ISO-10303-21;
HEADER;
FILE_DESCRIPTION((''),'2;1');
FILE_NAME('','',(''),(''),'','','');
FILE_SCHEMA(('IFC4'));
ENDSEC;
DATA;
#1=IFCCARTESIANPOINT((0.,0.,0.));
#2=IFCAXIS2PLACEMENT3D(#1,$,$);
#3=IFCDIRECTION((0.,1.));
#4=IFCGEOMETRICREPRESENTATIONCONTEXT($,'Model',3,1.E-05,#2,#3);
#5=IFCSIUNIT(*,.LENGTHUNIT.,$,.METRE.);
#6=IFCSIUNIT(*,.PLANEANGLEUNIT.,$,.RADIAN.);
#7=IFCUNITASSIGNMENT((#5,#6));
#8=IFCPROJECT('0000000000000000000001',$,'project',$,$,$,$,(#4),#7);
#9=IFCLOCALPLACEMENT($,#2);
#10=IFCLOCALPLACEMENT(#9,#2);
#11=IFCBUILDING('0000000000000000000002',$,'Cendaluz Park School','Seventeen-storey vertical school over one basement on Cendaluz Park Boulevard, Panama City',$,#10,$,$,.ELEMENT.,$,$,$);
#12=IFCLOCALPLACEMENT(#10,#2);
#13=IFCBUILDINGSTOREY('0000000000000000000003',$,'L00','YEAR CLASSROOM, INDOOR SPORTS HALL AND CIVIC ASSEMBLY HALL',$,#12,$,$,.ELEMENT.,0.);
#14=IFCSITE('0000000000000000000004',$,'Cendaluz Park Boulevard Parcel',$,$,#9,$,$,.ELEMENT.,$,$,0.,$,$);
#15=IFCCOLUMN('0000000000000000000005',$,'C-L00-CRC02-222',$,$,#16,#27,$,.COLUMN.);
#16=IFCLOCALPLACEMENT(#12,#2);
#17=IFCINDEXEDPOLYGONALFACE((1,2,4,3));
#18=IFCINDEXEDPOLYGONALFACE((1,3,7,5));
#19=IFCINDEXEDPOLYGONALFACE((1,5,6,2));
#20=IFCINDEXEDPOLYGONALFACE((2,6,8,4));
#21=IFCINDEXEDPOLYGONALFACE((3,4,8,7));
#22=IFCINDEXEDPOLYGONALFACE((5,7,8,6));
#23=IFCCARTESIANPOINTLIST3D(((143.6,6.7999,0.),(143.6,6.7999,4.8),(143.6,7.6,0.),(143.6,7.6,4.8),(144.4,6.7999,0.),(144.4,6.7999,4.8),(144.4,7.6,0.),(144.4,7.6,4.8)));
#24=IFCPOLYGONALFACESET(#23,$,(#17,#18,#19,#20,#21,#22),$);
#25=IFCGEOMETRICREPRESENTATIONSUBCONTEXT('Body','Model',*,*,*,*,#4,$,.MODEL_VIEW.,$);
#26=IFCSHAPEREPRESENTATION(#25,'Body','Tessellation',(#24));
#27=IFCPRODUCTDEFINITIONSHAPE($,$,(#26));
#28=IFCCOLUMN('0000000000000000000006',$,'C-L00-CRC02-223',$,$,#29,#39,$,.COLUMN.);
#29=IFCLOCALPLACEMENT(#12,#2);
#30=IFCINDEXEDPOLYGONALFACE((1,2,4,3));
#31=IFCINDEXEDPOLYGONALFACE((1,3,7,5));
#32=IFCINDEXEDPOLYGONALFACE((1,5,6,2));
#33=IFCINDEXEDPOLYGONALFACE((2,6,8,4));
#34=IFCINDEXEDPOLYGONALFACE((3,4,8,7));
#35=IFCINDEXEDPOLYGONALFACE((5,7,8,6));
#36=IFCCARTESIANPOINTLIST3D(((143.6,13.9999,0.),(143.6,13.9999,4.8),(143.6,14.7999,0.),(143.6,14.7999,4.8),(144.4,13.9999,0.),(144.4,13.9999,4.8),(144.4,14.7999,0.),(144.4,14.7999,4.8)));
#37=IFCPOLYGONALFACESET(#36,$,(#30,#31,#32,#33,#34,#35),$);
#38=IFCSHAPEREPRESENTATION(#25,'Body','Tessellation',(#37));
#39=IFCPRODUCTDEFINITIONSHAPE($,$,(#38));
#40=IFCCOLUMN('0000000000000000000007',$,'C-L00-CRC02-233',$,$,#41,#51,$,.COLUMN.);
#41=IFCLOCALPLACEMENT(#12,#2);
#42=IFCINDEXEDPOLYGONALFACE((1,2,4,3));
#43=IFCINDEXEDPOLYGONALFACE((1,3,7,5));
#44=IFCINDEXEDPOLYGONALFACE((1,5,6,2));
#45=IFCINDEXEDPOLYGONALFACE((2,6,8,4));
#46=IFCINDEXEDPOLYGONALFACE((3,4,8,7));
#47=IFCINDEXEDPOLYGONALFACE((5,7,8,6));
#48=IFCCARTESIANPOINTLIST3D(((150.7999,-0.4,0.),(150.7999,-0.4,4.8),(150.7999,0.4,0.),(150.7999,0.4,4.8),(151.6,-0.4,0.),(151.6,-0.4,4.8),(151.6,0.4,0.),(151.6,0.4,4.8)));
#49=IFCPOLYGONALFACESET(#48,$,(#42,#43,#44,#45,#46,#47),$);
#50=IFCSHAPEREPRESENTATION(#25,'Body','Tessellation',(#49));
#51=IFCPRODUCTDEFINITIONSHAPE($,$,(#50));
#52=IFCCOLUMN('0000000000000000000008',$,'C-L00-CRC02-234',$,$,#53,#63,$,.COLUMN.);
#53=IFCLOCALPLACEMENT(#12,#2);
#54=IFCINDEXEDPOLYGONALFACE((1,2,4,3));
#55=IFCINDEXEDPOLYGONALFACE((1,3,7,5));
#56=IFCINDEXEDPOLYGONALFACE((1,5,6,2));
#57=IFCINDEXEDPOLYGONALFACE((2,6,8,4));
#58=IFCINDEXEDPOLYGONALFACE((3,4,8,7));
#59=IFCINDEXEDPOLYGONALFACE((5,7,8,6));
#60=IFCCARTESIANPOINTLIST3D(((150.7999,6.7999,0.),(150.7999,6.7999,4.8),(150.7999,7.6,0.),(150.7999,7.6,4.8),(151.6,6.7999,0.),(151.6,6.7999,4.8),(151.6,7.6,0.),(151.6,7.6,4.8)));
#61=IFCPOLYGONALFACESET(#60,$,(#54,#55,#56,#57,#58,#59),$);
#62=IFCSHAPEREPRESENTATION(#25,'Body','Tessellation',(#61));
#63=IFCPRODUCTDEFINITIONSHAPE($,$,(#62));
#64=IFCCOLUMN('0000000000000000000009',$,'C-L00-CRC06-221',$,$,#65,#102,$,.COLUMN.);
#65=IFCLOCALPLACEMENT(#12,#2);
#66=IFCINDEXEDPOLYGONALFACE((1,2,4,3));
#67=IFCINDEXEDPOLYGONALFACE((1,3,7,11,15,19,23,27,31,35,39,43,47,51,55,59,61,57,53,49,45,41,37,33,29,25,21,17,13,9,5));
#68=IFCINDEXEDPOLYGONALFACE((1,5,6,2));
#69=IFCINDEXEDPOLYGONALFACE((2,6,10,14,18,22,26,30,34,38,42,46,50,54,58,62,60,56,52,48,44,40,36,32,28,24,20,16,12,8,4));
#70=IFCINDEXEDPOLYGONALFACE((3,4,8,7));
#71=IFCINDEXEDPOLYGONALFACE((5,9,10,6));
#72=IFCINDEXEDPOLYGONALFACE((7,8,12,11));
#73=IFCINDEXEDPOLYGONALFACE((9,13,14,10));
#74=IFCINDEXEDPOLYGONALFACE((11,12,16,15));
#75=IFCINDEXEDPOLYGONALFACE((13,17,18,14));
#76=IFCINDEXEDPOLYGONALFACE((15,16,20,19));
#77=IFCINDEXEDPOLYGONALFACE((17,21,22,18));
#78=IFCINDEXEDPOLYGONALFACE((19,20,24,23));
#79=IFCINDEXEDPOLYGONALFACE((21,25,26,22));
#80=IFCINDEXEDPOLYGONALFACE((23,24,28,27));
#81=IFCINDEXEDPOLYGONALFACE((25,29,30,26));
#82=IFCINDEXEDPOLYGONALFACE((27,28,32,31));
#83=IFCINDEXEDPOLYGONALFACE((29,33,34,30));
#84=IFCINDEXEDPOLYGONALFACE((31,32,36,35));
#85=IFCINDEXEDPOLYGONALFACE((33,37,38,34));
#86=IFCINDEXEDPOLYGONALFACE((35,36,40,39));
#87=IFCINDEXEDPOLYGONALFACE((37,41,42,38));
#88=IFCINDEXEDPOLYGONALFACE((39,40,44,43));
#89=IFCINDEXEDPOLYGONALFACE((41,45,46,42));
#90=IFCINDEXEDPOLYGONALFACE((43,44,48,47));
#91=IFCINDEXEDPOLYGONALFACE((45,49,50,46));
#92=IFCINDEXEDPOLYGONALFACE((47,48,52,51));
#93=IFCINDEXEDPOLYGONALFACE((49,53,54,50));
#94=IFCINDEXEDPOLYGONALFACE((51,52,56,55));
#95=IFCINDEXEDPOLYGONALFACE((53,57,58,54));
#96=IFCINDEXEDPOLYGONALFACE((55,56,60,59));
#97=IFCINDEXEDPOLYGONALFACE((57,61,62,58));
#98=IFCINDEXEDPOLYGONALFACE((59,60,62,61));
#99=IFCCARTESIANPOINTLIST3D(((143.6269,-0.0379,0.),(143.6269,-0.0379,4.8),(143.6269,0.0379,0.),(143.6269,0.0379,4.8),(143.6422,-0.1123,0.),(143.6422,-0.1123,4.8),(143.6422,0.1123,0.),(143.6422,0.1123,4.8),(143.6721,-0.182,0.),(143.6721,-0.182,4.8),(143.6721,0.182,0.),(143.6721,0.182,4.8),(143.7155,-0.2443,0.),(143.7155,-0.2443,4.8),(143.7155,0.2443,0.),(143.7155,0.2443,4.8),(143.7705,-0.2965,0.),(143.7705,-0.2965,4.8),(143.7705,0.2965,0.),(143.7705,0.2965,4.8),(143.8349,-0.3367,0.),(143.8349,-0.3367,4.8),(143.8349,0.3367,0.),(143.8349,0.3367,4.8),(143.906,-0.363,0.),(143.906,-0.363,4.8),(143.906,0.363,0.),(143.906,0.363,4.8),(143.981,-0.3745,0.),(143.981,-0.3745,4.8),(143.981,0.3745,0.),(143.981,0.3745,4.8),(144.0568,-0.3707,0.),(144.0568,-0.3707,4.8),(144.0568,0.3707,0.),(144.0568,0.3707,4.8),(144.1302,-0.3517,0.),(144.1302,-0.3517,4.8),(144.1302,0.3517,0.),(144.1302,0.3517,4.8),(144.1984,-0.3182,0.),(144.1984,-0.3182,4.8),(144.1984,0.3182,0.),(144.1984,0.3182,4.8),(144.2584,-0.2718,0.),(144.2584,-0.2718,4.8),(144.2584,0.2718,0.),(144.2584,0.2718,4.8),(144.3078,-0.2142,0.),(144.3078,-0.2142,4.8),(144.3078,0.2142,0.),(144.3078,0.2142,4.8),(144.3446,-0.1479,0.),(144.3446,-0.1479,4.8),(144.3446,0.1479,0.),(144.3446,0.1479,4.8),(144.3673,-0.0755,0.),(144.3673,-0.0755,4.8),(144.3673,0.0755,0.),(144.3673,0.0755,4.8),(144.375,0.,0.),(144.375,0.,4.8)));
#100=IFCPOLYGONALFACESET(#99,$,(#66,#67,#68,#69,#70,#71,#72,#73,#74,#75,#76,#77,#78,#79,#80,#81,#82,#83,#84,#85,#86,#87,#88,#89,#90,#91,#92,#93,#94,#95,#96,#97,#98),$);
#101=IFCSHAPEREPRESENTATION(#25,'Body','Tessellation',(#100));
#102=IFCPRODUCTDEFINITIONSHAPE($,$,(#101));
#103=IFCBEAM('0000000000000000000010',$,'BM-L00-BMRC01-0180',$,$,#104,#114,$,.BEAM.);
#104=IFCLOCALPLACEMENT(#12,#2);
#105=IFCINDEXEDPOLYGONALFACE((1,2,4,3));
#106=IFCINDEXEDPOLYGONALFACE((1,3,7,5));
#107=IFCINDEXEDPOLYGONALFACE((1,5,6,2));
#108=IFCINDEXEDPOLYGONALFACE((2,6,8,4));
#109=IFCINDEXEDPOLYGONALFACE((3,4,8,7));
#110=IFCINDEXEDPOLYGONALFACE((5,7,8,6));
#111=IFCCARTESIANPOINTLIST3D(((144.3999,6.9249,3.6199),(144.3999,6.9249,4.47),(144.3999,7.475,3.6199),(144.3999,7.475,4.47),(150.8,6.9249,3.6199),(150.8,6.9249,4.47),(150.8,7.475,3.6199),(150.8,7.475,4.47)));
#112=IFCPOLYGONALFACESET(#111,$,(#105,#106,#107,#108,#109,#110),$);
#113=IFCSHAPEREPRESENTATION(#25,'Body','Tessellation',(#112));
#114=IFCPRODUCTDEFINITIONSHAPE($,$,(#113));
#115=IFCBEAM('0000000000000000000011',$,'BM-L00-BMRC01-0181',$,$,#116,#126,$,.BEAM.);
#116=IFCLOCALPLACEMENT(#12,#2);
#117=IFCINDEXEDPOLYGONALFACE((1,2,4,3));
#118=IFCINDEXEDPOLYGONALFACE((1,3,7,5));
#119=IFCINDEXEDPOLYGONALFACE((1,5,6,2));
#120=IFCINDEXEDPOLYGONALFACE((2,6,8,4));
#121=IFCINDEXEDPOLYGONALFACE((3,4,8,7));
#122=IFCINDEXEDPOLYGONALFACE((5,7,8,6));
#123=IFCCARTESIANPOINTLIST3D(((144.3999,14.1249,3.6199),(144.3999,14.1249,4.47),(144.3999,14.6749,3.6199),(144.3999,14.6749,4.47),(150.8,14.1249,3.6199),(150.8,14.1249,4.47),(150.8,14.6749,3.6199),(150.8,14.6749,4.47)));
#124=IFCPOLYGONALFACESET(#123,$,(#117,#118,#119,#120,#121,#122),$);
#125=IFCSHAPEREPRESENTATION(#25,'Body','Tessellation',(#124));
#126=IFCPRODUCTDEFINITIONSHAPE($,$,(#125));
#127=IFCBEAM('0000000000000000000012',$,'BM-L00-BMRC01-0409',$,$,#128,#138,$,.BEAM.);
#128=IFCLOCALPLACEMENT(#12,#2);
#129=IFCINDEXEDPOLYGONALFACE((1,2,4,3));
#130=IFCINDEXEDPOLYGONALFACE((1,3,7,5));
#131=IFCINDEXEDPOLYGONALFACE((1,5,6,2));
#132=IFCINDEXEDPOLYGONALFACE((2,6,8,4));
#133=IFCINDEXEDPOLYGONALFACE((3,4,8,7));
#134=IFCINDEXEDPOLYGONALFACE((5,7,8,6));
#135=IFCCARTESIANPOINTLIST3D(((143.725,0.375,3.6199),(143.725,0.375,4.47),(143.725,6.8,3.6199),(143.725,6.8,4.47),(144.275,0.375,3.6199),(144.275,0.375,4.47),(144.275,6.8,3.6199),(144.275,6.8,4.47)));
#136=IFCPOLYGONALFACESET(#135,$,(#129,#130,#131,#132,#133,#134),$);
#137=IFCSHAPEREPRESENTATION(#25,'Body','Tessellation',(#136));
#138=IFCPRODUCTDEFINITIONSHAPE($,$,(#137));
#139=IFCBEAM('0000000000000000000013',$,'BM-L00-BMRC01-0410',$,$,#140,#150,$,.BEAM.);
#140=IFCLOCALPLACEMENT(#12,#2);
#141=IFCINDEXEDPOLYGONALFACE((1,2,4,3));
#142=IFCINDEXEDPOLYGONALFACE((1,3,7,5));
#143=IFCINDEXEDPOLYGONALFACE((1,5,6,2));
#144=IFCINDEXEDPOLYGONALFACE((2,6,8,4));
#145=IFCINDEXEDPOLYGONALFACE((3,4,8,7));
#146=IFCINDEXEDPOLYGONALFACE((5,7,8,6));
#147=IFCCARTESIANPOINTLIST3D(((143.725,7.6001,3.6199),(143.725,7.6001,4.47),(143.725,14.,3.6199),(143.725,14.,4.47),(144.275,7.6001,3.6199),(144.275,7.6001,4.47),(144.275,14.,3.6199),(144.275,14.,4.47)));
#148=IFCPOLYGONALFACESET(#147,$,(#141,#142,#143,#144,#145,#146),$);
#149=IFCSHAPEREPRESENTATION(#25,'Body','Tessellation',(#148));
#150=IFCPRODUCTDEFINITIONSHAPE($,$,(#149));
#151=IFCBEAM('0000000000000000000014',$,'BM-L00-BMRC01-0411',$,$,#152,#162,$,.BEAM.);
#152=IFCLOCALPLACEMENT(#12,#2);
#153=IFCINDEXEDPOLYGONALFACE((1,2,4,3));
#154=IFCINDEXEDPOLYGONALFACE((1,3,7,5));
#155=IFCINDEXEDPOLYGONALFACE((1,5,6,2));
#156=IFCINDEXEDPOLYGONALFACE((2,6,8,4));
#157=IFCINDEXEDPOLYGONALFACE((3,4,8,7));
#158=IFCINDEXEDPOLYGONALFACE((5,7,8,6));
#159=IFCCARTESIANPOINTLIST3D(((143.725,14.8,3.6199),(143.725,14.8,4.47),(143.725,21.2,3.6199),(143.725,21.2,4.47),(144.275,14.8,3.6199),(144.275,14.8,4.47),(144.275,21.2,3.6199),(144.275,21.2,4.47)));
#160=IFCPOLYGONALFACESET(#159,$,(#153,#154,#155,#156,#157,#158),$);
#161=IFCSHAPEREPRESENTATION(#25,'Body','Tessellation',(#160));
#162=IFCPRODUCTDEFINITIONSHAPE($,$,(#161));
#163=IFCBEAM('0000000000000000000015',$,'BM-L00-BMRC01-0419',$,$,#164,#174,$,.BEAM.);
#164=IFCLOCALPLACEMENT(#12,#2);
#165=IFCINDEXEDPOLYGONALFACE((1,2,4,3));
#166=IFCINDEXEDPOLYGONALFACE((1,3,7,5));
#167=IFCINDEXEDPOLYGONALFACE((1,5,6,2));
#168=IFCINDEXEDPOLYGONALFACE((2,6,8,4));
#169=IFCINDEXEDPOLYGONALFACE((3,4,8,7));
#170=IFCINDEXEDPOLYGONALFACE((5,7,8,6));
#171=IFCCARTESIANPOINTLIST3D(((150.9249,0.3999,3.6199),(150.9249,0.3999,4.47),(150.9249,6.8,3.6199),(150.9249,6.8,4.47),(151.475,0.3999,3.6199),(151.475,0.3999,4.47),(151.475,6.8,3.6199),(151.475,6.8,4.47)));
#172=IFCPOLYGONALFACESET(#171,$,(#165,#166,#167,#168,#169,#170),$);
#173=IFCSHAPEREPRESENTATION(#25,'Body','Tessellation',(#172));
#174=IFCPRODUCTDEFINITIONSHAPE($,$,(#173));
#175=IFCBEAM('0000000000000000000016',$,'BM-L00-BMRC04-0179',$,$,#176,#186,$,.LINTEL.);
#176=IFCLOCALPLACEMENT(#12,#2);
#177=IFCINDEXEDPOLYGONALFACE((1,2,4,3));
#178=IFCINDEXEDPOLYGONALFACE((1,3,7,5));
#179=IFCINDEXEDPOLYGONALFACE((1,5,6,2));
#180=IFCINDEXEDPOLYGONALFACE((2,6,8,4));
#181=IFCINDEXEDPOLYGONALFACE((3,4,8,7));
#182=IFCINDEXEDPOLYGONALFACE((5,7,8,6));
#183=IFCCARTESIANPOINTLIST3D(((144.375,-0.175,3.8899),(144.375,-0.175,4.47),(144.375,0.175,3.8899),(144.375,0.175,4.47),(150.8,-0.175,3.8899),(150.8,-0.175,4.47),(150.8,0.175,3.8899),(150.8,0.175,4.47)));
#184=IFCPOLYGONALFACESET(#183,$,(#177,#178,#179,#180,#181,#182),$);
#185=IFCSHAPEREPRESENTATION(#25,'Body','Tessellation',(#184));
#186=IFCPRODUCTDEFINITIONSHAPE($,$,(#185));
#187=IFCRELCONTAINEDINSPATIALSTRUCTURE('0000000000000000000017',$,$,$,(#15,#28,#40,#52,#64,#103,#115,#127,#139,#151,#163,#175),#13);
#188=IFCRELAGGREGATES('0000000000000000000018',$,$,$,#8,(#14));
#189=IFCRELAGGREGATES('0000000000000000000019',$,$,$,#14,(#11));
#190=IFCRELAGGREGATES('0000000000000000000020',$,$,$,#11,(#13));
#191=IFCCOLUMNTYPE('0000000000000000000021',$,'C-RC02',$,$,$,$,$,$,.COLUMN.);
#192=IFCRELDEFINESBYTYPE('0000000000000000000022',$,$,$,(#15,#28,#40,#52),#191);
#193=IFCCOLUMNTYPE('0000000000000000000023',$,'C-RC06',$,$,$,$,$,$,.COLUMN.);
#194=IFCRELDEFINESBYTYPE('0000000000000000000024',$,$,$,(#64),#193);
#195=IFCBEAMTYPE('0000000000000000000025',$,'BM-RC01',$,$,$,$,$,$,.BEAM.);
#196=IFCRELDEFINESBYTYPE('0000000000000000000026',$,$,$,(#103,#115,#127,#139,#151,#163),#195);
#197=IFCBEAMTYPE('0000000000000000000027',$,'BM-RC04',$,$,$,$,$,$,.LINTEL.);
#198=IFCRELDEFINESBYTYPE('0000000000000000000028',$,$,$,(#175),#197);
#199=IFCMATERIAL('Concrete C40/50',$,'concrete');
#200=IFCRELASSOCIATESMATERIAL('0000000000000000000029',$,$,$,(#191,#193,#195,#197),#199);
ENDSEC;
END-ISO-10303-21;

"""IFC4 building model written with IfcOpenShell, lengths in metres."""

from ifc_helpers import new_model, si_unit, direction, frame, origin, origin_2d, place, context, subcontext, project, spatial, rectangle, circle, extrude, material, material_profile, profile_set, type_object, element, save


model = new_model("IFC4")

# Units and contexts
model_context = context("Model", 3, precision=1e-05, world=origin(), true_north=direction((0.0, 1.0)))
body_context = subcontext(model_context, "Body", "Model", "MODEL_VIEW")
ifc_project = project(units=[si_unit("LENGTHUNIT", "METRE"), si_unit("PLANEANGLEUNIT", "RADIAN")], contexts=[model_context])

# Site, building, storey
site_placement = place(None, origin())
site = spatial("IfcSite", under=ifc_project, at=site_placement, Name="Cendaluz Park Boulevard Parcel", CompositionType="ELEMENT", RefElevation=0.0)
building_placement = place(site_placement, origin())
building = spatial("IfcBuilding", under=site, at=building_placement, Name="Cendaluz Park School", Description="Seventeen-storey vertical school over one basement on Cendaluz Park Boulevard, Panama City", CompositionType="ELEMENT")
storey_placement = place(building_placement, origin())
storey = spatial("IfcBuildingStorey", under=building, at=storey_placement, Name="L00", Description="YEAR CLASSROOM, INDOOR SPORTS HALL AND CIVIC ASSEMBLY HALL", CompositionType="ELEMENT", Elevation=0.0)

# Columns
ifc_material_1 = material(Name="Concrete C40/50", Category="concrete")
ifc_material_profile_1 = material_profile(ifc_material_1, rectangle(XDim=0.8, YDim=0.8, at=origin_2d()), Name="RC 800x800", Category="concrete")
ifc_profile_set_1 = profile_set([ifc_material_profile_1], Name="Concrete C40/50")
column_type_1 = type_object("IfcColumnType", Name="C-RC02", PredefinedType="COLUMN", material=ifc_profile_set_1)
for number, where, z_axis, x_axis, name in (
    (1, (144.0, 7.2, 0.0), (0.0, 0.0, 1.0), (1.0, 0.0, 0.0), "C-L00-CRC02-222"),
    (2, (144.0, 14.3999, 0.0), (0.0, 0.0, 1.0), (1.0, 0.0, 0.0), "C-L00-CRC02-223"),
    (3, (151.2, 0.0, 0.0), (0.0, 0.0, 1.0), (1.0, 0.0, 0.0), "C-L00-CRC02-233"),
    (4, (151.2, 7.2, 0.0), (0.0, 0.0, 1.0), (1.0, 0.0, 0.0), "C-L00-CRC02-234"),
):
    element("IfcColumn", number, at=place(storey_placement, frame(where, z_axis=z_axis, x_axis=x_axis)), inside=storey, type_object=column_type_1, Name=name, PredefinedType="COLUMN", context=body_context, shape_type="SweptSolid", body=[
        extrude(rectangle(XDim=0.8, YDim=0.8, at=origin_2d()), origin(), (0.0, 0.0, 1.0), 4.8),
    ])
ifc_material_profile_2 = material_profile(ifc_material_1, circle(Radius=0.375, at=origin_2d()), Name="RC D750", Category="concrete")
ifc_profile_set_2 = profile_set([ifc_material_profile_2], Name="Concrete C40/50")
column_type_2 = type_object("IfcColumnType", Name="C-RC06", PredefinedType="COLUMN", material=ifc_profile_set_2)
column_placement = place(storey_placement, frame((144.0, 0.0, 0.0), z_axis=(0.0, 0.0, 1.0), x_axis=(1.0, 0.0, 0.0)))
element("IfcColumn", 5, at=column_placement, inside=storey, type_object=column_type_2, Name="C-L00-CRC06-221", PredefinedType="COLUMN", context=body_context, shape_type="SweptSolid", body=[
    extrude(circle(Radius=0.375, at=origin_2d()), origin(), (0.0, 0.0, 1.0), 4.8),
])

# Beams
ifc_material_profile_3 = material_profile(ifc_material_1, rectangle(XDim=0.55, YDim=0.8501, at=origin_2d()), Name="RC 550x850", Category="concrete")
ifc_profile_set_3 = profile_set([ifc_material_profile_3], Name="Concrete C40/50")
beam_type_1 = type_object("IfcBeamType", Name="BM-RC01", PredefinedType="BEAM", material=ifc_profile_set_3)
for number, where, z_axis, x_axis, name in (
    (6, (144.3999, 7.2, 4.0449), (1.0, 0.0, 0.0), (0.0, 1.0, 0.0), "BM-L00-BMRC01-0180"),
    (7, (144.3999, 14.3999, 4.0449), (1.0, 0.0, 0.0), (0.0, 1.0, 0.0), "BM-L00-BMRC01-0181"),
):
    element("IfcBeam", number, at=place(storey_placement, frame(where, z_axis=z_axis, x_axis=x_axis)), inside=storey, type_object=beam_type_1, Name=name, PredefinedType="BEAM", context=body_context, shape_type="SweptSolid", body=[
        extrude(rectangle(XDim=0.55, YDim=0.8501, at=origin_2d()), origin(), (0.0, 0.0, 1.0), 6.4001),
    ])
beam_1_placement = place(storey_placement, frame((144.0, 0.375, 4.0449), z_axis=(0.0, 1.0, 0.0), x_axis=(-1.0, 0.0, 0.0)))
element("IfcBeam", 8, at=beam_1_placement, inside=storey, type_object=beam_type_1, Name="BM-L00-BMRC01-0409", PredefinedType="BEAM", context=body_context, shape_type="SweptSolid", body=[
    extrude(rectangle(XDim=0.55, YDim=0.8501, at=origin_2d()), origin(), (0.0, 0.0, 1.0), 6.425),
])
for number, where, z_axis, x_axis, name in (
    (9, (144.0, 7.6001, 4.0449), (0.0, 1.0, 0.0), (-1.0, 0.0, 0.0), "BM-L00-BMRC01-0410"),
    (10, (144.0, 14.8, 4.0449), (0.0, 1.0, 0.0), (-1.0, 0.0, 0.0), "BM-L00-BMRC01-0411"),
):
    element("IfcBeam", number, at=place(storey_placement, frame(where, z_axis=z_axis, x_axis=x_axis)), inside=storey, type_object=beam_type_1, Name=name, PredefinedType="BEAM", context=body_context, shape_type="SweptSolid", body=[
        extrude(rectangle(XDim=0.55, YDim=0.8501, at=origin_2d()), origin(), (0.0, 0.0, 1.0), 6.3999),
    ])
beam_2_placement = place(storey_placement, frame((151.2, 0.3999, 4.0449), z_axis=(0.0, 1.0, 0.0), x_axis=(-1.0, 0.0, 0.0)))
element("IfcBeam", 11, at=beam_2_placement, inside=storey, type_object=beam_type_1, Name="BM-L00-BMRC01-0419", PredefinedType="BEAM", context=body_context, shape_type="SweptSolid", body=[
    extrude(rectangle(XDim=0.55, YDim=0.8501, at=origin_2d()), origin(), (0.0, 0.0, 1.0), 6.4001),
])
ifc_material_profile_4 = material_profile(ifc_material_1, rectangle(XDim=0.3501, YDim=0.5801, at=origin_2d()), Name="RC 350x580", Category="concrete")
ifc_profile_set_4 = profile_set([ifc_material_profile_4], Name="Concrete C40/50")
beam_type_2 = type_object("IfcBeamType", Name="BM-RC04", PredefinedType="LINTEL", material=ifc_profile_set_4)
beam_3_placement = place(storey_placement, frame((144.375, 0.0, 4.1799), z_axis=(1.0, 0.0, 0.0), x_axis=(0.0, 1.0, 0.0)))
element("IfcBeam", 12, at=beam_3_placement, inside=storey, type_object=beam_type_2, Name="BM-L00-BMRC04-0179", PredefinedType="LINTEL", context=body_context, shape_type="SweptSolid", body=[
    extrude(rectangle(XDim=0.3501, YDim=0.5801, at=origin_2d()), origin(), (0.0, 0.0, 1.0), 6.425),
])

save(model, "model.ifc")
